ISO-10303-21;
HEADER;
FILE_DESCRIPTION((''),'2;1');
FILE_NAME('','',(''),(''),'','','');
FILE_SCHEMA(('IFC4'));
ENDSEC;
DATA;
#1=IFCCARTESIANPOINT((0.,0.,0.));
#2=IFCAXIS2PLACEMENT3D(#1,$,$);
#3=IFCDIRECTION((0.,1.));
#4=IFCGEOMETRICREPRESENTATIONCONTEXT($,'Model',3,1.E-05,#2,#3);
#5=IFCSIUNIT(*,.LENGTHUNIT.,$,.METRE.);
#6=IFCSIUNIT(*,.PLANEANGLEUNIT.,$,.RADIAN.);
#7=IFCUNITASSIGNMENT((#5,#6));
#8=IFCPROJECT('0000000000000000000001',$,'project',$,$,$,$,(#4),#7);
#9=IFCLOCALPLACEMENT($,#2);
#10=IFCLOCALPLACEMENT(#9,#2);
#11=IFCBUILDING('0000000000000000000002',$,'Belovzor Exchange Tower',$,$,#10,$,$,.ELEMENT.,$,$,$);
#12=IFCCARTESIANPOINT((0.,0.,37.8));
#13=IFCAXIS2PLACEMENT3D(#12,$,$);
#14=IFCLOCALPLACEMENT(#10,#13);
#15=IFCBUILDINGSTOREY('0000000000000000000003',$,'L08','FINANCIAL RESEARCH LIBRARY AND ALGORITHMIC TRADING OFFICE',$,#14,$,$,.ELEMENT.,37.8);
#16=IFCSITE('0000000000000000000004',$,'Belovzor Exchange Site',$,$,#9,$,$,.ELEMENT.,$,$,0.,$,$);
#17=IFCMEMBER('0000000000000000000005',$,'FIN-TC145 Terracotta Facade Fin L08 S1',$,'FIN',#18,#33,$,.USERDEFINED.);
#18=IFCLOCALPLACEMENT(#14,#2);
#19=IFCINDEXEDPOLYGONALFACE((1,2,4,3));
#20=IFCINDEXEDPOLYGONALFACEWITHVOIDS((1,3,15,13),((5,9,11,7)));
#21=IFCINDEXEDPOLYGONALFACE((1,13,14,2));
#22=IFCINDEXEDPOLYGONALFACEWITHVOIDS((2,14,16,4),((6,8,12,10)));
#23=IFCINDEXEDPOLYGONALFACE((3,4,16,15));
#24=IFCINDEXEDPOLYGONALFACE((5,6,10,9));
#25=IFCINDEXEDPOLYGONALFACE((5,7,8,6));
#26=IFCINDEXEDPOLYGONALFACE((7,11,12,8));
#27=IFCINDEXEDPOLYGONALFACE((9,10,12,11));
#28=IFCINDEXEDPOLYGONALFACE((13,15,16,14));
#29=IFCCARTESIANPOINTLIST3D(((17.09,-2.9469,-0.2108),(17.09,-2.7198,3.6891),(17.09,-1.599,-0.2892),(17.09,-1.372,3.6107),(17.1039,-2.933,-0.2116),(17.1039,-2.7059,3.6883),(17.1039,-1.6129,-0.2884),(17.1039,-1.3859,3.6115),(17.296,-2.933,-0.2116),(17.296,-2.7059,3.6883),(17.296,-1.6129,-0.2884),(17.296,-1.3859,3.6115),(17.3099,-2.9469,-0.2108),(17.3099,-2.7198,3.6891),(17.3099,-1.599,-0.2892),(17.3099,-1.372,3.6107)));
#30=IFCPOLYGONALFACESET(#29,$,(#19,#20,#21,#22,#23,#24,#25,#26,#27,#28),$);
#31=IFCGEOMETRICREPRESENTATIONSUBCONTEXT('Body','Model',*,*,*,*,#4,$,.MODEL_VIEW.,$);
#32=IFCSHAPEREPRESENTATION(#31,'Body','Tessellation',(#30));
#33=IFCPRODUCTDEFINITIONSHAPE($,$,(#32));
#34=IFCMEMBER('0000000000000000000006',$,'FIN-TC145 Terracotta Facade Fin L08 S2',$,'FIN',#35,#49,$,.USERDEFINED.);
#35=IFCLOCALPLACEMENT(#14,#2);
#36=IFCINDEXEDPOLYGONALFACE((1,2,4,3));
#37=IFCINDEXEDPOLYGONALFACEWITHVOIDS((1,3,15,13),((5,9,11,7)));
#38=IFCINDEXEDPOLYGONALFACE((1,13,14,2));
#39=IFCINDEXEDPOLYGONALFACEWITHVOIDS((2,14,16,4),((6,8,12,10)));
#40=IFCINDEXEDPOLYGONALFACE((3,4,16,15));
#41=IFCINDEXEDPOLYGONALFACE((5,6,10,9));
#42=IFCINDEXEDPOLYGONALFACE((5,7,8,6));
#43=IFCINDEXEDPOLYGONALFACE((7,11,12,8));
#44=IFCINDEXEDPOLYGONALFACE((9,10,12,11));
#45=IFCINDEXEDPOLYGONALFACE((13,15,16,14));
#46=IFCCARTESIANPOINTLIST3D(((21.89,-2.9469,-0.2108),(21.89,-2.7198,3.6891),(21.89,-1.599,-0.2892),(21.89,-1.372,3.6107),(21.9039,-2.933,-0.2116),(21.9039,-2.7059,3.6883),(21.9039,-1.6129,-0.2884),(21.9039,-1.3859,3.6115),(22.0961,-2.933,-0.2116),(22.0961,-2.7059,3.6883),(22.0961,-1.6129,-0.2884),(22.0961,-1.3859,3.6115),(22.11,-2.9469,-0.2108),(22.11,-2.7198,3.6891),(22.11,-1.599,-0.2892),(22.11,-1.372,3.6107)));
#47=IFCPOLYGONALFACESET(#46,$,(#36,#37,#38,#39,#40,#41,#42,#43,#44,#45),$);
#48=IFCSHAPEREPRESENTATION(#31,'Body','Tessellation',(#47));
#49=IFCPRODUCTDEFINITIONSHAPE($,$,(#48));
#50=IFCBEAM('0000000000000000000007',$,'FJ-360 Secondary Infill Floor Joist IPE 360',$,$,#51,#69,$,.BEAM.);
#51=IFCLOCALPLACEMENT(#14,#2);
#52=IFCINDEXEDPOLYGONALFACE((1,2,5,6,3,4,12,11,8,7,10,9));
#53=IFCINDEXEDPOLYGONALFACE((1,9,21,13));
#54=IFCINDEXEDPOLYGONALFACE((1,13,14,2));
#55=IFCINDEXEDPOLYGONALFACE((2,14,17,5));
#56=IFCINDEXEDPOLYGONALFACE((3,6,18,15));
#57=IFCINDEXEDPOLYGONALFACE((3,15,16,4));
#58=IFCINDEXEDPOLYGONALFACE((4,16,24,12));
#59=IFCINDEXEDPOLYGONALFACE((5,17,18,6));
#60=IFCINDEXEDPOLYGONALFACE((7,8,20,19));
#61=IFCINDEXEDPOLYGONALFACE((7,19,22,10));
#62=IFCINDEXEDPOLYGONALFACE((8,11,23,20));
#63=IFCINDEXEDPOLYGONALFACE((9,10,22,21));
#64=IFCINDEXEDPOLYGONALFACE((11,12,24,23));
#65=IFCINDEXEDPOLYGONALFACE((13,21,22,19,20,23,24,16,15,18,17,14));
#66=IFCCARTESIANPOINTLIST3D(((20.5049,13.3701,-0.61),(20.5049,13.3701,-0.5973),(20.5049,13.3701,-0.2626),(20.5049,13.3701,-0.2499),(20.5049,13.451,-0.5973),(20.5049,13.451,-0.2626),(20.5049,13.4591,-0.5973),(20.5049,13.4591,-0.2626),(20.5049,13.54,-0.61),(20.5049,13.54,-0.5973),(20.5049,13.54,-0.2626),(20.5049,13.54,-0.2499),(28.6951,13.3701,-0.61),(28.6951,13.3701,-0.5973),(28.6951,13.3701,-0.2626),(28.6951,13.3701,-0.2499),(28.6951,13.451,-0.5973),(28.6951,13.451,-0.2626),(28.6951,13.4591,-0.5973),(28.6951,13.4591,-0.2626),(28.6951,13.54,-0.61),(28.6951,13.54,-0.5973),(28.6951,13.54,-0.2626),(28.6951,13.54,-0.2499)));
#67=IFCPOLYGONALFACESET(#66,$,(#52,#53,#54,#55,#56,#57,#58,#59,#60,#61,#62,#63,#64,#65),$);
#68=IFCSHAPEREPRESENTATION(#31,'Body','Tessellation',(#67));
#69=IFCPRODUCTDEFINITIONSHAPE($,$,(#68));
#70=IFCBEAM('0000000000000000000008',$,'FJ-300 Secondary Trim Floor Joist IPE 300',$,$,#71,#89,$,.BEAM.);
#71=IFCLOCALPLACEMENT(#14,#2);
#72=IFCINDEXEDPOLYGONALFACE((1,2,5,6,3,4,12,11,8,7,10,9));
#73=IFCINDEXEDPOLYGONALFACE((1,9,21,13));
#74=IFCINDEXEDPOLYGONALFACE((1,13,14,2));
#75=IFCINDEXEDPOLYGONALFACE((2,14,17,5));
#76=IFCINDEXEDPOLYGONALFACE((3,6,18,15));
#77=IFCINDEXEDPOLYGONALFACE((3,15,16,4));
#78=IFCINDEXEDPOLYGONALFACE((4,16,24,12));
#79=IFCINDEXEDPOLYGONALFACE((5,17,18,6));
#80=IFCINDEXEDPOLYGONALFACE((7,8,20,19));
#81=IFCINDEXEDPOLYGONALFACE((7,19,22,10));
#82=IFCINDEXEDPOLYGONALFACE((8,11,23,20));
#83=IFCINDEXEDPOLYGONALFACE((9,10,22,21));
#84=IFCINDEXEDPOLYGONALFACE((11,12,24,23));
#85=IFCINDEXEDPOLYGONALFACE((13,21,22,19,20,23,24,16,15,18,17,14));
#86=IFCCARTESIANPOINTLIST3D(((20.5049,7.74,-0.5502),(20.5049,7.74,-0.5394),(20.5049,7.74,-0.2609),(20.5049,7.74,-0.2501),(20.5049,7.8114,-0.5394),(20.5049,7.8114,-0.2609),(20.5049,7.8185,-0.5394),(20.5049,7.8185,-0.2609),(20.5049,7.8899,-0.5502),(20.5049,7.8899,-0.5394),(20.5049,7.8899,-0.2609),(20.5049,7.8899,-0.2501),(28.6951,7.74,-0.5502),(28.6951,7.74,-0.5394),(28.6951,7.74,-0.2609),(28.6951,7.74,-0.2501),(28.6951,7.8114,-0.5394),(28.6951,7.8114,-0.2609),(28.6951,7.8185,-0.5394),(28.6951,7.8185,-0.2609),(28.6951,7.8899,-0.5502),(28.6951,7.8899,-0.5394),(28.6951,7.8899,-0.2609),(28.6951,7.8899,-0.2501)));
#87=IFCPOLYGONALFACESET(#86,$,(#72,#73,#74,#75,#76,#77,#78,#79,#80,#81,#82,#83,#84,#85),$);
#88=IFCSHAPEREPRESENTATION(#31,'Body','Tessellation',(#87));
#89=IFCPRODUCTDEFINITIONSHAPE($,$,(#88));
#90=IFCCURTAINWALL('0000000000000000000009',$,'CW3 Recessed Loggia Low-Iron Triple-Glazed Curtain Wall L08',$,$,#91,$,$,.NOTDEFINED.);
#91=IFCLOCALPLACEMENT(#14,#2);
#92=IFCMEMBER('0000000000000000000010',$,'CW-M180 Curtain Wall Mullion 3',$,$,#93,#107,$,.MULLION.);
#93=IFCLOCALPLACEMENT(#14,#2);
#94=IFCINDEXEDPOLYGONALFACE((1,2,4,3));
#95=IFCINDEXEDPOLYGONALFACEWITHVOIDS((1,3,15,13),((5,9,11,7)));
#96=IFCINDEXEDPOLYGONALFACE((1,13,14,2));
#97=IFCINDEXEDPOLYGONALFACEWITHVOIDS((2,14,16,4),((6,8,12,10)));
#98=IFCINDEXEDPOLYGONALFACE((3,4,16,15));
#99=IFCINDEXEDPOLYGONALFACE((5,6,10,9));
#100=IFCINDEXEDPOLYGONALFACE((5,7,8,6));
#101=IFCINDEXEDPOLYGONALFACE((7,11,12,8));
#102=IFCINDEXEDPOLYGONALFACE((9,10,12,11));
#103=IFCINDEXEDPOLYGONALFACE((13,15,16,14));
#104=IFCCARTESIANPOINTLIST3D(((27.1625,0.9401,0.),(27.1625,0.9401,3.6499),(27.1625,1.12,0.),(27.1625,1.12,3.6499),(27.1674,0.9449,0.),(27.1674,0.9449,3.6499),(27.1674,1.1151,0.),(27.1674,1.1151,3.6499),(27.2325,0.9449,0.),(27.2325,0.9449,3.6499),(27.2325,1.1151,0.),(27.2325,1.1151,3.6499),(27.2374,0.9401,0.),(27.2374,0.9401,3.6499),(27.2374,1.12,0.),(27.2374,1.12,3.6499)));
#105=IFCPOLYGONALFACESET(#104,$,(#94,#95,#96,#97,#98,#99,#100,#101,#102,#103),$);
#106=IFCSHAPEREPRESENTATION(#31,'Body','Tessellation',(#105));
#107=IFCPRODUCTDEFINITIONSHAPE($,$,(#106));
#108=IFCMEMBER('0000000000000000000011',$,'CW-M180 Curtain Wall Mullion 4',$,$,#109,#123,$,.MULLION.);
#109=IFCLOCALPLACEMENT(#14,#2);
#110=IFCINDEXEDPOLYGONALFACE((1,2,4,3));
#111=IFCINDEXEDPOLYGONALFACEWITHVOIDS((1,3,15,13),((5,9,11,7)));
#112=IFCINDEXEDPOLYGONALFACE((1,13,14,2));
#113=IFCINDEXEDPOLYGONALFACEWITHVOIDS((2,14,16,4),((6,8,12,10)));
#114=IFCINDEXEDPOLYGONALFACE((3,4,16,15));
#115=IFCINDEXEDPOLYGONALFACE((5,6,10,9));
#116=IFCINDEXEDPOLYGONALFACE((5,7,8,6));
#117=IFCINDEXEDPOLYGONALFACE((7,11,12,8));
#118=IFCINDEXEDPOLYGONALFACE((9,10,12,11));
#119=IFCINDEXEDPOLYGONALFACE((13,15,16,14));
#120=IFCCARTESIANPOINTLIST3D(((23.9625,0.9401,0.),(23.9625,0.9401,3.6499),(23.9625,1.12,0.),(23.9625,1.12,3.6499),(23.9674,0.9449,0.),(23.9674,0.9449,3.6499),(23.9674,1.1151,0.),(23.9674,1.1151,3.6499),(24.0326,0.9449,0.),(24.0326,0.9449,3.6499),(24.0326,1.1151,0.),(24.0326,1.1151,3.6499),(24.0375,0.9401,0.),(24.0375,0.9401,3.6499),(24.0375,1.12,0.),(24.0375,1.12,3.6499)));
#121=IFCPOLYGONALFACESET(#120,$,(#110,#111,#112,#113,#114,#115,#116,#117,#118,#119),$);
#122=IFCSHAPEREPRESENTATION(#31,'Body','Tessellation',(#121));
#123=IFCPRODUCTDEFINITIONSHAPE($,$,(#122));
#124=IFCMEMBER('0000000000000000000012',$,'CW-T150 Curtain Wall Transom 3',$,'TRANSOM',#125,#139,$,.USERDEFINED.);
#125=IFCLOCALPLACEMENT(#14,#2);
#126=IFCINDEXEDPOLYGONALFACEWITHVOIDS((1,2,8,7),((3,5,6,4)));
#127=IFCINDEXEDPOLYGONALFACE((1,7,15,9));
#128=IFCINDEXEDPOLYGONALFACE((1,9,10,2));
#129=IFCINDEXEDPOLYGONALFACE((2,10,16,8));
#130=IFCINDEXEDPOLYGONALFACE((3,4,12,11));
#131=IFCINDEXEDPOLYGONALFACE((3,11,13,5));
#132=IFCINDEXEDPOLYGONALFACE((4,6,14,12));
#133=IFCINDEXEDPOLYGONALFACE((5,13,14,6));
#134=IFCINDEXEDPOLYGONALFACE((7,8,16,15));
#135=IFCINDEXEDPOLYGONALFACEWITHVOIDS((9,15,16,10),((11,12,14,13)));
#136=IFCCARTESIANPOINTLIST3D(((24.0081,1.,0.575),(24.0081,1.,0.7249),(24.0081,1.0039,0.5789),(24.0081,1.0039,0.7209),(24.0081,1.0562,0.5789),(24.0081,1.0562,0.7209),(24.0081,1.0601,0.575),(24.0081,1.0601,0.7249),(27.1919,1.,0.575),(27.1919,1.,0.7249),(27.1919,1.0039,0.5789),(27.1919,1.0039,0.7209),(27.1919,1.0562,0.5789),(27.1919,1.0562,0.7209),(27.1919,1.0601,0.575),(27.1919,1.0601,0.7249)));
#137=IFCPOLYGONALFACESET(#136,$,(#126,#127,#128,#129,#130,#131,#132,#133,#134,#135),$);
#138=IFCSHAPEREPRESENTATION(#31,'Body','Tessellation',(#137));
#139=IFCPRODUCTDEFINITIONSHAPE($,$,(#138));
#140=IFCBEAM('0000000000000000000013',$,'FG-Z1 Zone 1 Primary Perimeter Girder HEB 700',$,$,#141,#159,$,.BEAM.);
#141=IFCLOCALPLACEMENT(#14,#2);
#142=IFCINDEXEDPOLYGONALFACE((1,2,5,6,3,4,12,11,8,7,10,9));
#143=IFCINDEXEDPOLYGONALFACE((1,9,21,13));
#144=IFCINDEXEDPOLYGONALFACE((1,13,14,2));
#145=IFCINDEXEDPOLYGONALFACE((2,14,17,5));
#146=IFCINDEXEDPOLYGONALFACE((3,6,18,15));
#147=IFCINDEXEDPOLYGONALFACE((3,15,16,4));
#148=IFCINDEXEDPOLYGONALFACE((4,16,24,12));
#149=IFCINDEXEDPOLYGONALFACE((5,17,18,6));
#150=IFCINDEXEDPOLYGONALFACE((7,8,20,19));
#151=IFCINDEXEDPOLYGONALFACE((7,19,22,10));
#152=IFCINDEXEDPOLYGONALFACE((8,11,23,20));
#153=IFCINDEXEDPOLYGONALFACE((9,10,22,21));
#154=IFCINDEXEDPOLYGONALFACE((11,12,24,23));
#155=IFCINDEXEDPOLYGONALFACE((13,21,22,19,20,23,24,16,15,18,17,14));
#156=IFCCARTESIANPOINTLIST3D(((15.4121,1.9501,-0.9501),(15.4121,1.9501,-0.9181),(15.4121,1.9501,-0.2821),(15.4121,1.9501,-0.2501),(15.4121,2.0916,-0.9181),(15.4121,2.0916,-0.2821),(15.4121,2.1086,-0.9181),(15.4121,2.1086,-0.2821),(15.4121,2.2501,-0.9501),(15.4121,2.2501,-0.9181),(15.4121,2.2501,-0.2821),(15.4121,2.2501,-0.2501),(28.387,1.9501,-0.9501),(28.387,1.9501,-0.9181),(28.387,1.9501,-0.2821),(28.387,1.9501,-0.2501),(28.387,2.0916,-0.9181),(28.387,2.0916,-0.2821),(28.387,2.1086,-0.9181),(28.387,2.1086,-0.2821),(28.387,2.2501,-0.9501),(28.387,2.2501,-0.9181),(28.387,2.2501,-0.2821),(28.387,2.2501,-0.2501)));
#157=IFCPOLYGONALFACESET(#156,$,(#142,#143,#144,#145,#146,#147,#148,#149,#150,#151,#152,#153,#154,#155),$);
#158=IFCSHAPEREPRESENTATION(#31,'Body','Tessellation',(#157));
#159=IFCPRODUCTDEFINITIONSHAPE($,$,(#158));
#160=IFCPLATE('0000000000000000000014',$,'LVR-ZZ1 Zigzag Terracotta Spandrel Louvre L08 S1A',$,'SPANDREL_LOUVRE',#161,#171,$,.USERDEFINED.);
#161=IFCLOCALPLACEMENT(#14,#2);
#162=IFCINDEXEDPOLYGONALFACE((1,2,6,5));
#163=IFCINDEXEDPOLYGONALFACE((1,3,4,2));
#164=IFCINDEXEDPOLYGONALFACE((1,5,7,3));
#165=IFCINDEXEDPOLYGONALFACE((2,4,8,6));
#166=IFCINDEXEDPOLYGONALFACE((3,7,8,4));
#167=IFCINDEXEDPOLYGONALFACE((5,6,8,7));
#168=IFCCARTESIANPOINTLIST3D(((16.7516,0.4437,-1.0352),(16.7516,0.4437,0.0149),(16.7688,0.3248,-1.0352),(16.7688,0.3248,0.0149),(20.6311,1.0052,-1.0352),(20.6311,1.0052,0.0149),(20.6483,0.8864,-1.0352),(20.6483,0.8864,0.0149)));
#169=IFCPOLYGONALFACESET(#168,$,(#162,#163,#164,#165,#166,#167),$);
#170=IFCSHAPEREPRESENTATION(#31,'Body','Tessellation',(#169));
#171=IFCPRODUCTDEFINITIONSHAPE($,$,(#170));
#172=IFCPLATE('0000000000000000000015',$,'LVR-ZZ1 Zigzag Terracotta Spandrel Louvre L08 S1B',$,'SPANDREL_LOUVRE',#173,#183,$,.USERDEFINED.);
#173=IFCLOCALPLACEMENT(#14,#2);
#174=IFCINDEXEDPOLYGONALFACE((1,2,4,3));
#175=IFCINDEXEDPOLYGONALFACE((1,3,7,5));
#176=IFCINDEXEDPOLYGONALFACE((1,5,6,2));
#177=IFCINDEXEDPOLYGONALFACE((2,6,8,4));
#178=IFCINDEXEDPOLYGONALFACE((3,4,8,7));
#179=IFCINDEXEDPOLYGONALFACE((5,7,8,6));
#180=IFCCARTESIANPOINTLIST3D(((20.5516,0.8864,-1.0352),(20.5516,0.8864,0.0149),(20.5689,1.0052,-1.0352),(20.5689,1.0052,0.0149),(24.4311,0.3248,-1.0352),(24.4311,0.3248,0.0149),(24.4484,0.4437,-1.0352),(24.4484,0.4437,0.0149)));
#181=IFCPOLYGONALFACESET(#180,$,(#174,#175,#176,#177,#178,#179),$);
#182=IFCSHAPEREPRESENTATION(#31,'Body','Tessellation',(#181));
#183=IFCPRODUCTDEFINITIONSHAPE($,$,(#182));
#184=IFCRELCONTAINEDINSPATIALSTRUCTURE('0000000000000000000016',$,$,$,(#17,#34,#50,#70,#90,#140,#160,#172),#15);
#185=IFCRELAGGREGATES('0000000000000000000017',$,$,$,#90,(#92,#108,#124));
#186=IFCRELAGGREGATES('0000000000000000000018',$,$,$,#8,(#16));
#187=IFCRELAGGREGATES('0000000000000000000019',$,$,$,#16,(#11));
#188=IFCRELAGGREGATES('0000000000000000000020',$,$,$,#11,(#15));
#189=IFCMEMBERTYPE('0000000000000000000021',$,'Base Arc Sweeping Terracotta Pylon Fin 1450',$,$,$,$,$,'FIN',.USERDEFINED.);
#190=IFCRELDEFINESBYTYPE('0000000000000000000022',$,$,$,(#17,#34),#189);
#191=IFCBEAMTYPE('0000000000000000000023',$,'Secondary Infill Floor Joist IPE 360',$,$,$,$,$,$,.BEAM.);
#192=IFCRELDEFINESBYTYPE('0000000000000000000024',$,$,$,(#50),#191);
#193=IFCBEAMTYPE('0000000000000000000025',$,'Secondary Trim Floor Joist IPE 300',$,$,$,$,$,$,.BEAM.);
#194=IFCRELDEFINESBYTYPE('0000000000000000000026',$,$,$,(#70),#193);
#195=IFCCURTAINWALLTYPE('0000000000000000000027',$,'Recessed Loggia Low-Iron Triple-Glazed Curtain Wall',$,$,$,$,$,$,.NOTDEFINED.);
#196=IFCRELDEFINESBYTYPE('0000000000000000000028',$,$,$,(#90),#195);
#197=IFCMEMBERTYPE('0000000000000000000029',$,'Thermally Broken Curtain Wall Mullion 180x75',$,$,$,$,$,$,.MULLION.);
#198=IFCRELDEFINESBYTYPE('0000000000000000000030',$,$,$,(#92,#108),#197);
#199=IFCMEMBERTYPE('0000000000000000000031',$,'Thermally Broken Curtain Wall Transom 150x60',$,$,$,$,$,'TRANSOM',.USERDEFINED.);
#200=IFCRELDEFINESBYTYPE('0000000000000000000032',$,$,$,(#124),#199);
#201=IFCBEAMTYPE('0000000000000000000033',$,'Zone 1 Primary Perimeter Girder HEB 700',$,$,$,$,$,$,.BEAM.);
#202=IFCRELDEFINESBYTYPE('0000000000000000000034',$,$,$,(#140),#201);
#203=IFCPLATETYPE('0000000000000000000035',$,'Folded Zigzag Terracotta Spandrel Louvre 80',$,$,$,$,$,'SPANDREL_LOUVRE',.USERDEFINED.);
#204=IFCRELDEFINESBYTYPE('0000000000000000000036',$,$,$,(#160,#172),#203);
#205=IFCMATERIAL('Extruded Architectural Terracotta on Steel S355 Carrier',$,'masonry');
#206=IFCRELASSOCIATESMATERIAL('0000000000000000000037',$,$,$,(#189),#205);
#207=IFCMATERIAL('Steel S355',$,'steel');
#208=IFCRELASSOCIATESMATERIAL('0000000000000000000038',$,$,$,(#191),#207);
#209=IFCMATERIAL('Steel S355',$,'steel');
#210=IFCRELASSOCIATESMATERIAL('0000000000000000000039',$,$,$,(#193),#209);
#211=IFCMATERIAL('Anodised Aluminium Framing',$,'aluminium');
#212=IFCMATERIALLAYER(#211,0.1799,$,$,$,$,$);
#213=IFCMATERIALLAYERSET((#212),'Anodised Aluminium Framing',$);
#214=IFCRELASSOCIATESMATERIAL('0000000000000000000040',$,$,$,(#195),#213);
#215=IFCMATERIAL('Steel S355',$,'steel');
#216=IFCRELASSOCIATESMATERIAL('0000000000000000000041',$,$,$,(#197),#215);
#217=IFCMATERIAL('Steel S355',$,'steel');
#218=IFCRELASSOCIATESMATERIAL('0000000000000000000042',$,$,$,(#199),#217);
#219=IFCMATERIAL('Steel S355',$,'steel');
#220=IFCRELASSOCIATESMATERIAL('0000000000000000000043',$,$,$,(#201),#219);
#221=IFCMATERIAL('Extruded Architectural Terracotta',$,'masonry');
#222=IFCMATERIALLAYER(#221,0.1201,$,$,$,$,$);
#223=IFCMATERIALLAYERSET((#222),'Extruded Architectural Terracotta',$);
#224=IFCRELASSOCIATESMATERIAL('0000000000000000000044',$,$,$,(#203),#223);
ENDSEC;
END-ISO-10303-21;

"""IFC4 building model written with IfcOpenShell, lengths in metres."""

from ifc_helpers import new_model, si_unit, direction, frame, origin, origin_2d, place, context, subcontext, project, spatial, rectangle, hollow_rectangle, i_section, extrude, material, layer, layer_set, material_profile, profile_set, type_object, element, aggregate, save


model = new_model("IFC4")

# Units and contexts
model_context = context("Model", 3, precision=1e-05, world=origin(), true_north=direction((0.0, 1.0)))
body_context = subcontext(model_context, "Body", "Model", "MODEL_VIEW")
ifc_project = project(units=[si_unit("LENGTHUNIT", "METRE"), si_unit("PLANEANGLEUNIT", "RADIAN")], contexts=[model_context])

# Site, building, storey
site_placement = place(None, origin())
site = spatial("IfcSite", under=ifc_project, at=site_placement, Name="Belovzor Exchange Site", CompositionType="ELEMENT", RefElevation=0.0)
building_placement = place(site_placement, origin())
building = spatial("IfcBuilding", under=site, at=building_placement, Name="Belovzor Exchange Tower", CompositionType="ELEMENT")
storey_placement = place(building_placement, frame((0.0, 0.0, 37.8)))
storey = spatial("IfcBuildingStorey", under=building, at=storey_placement, Name="L08", Description="FINANCIAL RESEARCH LIBRARY AND ALGORITHMIC TRADING OFFICE", CompositionType="ELEMENT", Elevation=37.8)

# Members
ifc_material_1 = material(Name="Extruded Architectural Terracotta on Steel S355 Carrier", Category="masonry")
ifc_material_profile_1 = material_profile(ifc_material_1, hollow_rectangle(XDim=0.22, YDim=1.3501, WallThickness=0.0139, at=origin_2d()))
ifc_profile_set_1 = profile_set([ifc_material_profile_1], Name="Extruded Architectural Terracotta on Steel S355 Carrier")
member_type_1 = type_object("IfcMemberType", Name="Base Arc Sweeping Terracotta Pylon Fin 1450", ElementType="FIN", PredefinedType="USERDEFINED", material=ifc_profile_set_1)
for number, where, z_axis, x_axis, name in (
    (1, (17.2, -2.2729, -0.25), (0.0, 0.058121, 0.99831), (-1.0, 0.0, 0.0), "FIN-TC145 Terracotta Facade Fin L08 S1"),
    (2, (22.0, -2.2729, -0.25), (0.0, 0.058121, 0.99831), (-1.0, 0.0, 0.0), "FIN-TC145 Terracotta Facade Fin L08 S2"),
):
    element("IfcMember", number, at=place(storey_placement, frame(where, z_axis=z_axis, x_axis=x_axis)), inside=storey, type_object=member_type_1, Name=name, ObjectType="FIN", PredefinedType="USERDEFINED", context=body_context, shape_type="SweptSolid", body=[
        extrude(hollow_rectangle(XDim=0.22, YDim=1.3501, WallThickness=0.0139, at=origin_2d()), origin(), (0.0, 0.0, 1.0), 3.9065),
    ])

# Beams
ifc_material_2 = material(Name="Steel S355", Category="steel")
ifc_material_profile_2 = material_profile(ifc_material_2, i_section(OverallWidth=0.1699, OverallDepth=0.3601, WebThickness=0.0081, FlangeThickness=0.0127, at=origin_2d()))
ifc_profile_set_2 = profile_set([ifc_material_profile_2], Name="Steel S355")
beam_type_1 = type_object("IfcBeamType", Name="Secondary Infill Floor Joist IPE 360", PredefinedType="BEAM", material=ifc_profile_set_2)
beam_1_placement = place(storey_placement, frame((20.5049, 13.4551, -0.4299), z_axis=(1.0, 0.0, 0.0), x_axis=(0.0, 1.0, 0.0)))
element("IfcBeam", 3, at=beam_1_placement, inside=storey, type_object=beam_type_1, Name="FJ-360 Secondary Infill Floor Joist IPE 360", PredefinedType="BEAM", context=body_context, shape_type="SweptSolid", body=[
    extrude(i_section(OverallWidth=0.1699, OverallDepth=0.3601, WebThickness=0.0081, FlangeThickness=0.0127, at=origin_2d()), origin(), (0.0, 0.0, 1.0), 8.1902),
])
ifc_material_3 = material(Name="Steel S355", Category="steel")
ifc_material_profile_3 = material_profile(ifc_material_3, i_section(OverallWidth=0.1499, OverallDepth=0.3, WebThickness=0.0071, FlangeThickness=0.0107, at=origin_2d()))
ifc_profile_set_3 = profile_set([ifc_material_profile_3], Name="Steel S355")
beam_type_2 = type_object("IfcBeamType", Name="Secondary Trim Floor Joist IPE 300", PredefinedType="BEAM", material=ifc_profile_set_3)
beam_2_placement = place(storey_placement, frame((20.5049, 7.8149, -0.4001), z_axis=(1.0, 0.0, 0.0), x_axis=(0.0, 1.0, 0.0)))
element("IfcBeam", 4, at=beam_2_placement, inside=storey, type_object=beam_type_2, Name="FJ-300 Secondary Trim Floor Joist IPE 300", PredefinedType="BEAM", context=body_context, shape_type="SweptSolid", body=[
    extrude(i_section(OverallWidth=0.1499, OverallDepth=0.3, WebThickness=0.0071, FlangeThickness=0.0107, at=origin_2d()), origin(), (0.0, 0.0, 1.0), 8.1902),
])

# Curtain wall, members
ifc_material_4 = material(Name="Anodised Aluminium Framing", Category="aluminium")
ifc_layer_1 = layer(ifc_material_4, 0.1799)
ifc_layer_set_1 = layer_set([ifc_layer_1], Name="Anodised Aluminium Framing")
curtain_wall_type = type_object("IfcCurtainWallType", Name="Recessed Loggia Low-Iron Triple-Glazed Curtain Wall", PredefinedType="NOTDEFINED", material=ifc_layer_set_1)
curtain_wall_placement = place(storey_placement, origin())
curtain_wall = element("IfcCurtainWall", 5, at=curtain_wall_placement, inside=storey, type_object=curtain_wall_type, Name="CW3 Recessed Loggia Low-Iron Triple-Glazed Curtain Wall L08", PredefinedType="NOTDEFINED")
ifc_material_5 = material(Name="Steel S355", Category="steel")
ifc_material_profile_4 = material_profile(ifc_material_5, hollow_rectangle(XDim=0.075, YDim=0.1799, WallThickness=0.0049, at=origin_2d()))
ifc_profile_set_4 = profile_set([ifc_material_profile_4], Name="Steel S355")
member_type_2 = type_object("IfcMemberType", Name="Thermally Broken Curtain Wall Mullion 180x75", PredefinedType="MULLION", material=ifc_profile_set_4)
member_1_placement = place(storey_placement, frame((27.2, 1.03, 0.0), z_axis=(0.0, 0.0, 1.0), x_axis=(-1.0, 0.0, 0.0)))
member_1 = element("IfcMember", 6, at=member_1_placement, type_object=member_type_2, Name="CW-M180 Curtain Wall Mullion 3", PredefinedType="MULLION", context=body_context, shape_type="SweptSolid", body=[
    extrude(hollow_rectangle(XDim=0.075, YDim=0.1799, WallThickness=0.0049, at=origin_2d()), origin(), (0.0, 0.0, 1.0), 3.6499),
])
member_2_placement = place(storey_placement, frame((24.0, 1.03, 0.0), z_axis=(0.0, 0.0, 1.0), x_axis=(-1.0, 0.0, 0.0)))
member_2 = element("IfcMember", 7, at=member_2_placement, type_object=member_type_2, Name="CW-M180 Curtain Wall Mullion 4", PredefinedType="MULLION", context=body_context, shape_type="SweptSolid", body=[
    extrude(hollow_rectangle(XDim=0.075, YDim=0.1799, WallThickness=0.0049, at=origin_2d()), origin(), (0.0, 0.0, 1.0), 3.6499),
])
ifc_material_6 = material(Name="Steel S355", Category="steel")
ifc_material_profile_5 = material_profile(ifc_material_6, hollow_rectangle(XDim=0.0601, YDim=0.1499, WallThickness=0.0039, at=origin_2d()))
ifc_profile_set_5 = profile_set([ifc_material_profile_5], Name="Steel S355")
member_type_3 = type_object("IfcMemberType", Name="Thermally Broken Curtain Wall Transom 150x60", ElementType="TRANSOM", PredefinedType="USERDEFINED", material=ifc_profile_set_5)
member_3_placement = place(storey_placement, frame((27.1919, 1.03, 0.6499), z_axis=(-1.0, 0.0, 0.0), x_axis=(0.0, -1.0, 0.0)))
member_3 = element("IfcMember", 8, at=member_3_placement, type_object=member_type_3, Name="CW-T150 Curtain Wall Transom 3", ObjectType="TRANSOM", PredefinedType="USERDEFINED", context=body_context, shape_type="SweptSolid", body=[
    extrude(hollow_rectangle(XDim=0.0601, YDim=0.1499, WallThickness=0.0039, at=origin_2d()), origin(), (0.0, 0.0, 1.0), 3.1838),
])

# Beam
ifc_material_7 = material(Name="Steel S355", Category="steel")
ifc_material_profile_6 = material_profile(ifc_material_7, i_section(OverallWidth=0.3, OverallDepth=0.7, WebThickness=0.0171, FlangeThickness=0.032, at=origin_2d()))
ifc_profile_set_6 = profile_set([ifc_material_profile_6], Name="Steel S355")
beam_type_3 = type_object("IfcBeamType", Name="Zone 1 Primary Perimeter Girder HEB 700", PredefinedType="BEAM", material=ifc_profile_set_6)
beam_3_placement = place(storey_placement, frame((15.4121, 2.1001, -0.6001), z_axis=(1.0, 0.0, 0.0), x_axis=(0.0, 1.0, 0.0)))
element("IfcBeam", 9, at=beam_3_placement, inside=storey, type_object=beam_type_3, Name="FG-Z1 Zone 1 Primary Perimeter Girder HEB 700", PredefinedType="BEAM", context=body_context, shape_type="SweptSolid", body=[
    extrude(i_section(OverallWidth=0.3, OverallDepth=0.7, WebThickness=0.0171, FlangeThickness=0.032, at=origin_2d()), origin(), (0.0, 0.0, 1.0), 12.9749),
])

# Plates
ifc_material_8 = material(Name="Extruded Architectural Terracotta", Category="masonry")
ifc_layer_2 = layer(ifc_material_8, 0.1201)
ifc_layer_set_2 = layer_set([ifc_layer_2], Name="Extruded Architectural Terracotta")
plate_type_1 = type_object("IfcPlateType", Name="Folded Zigzag Terracotta Spandrel Louvre 80", ElementType="SPANDREL_LOUVRE", PredefinedType="USERDEFINED", material=ifc_layer_set_2)
for number, where, z_axis, x_axis, name in (
    (10, (18.7, 0.665, -1.0352), (0.0, 0.0, 1.0), (0.989686, 0.143251, 0.0), "LVR-ZZ1 Zigzag Terracotta Spandrel Louvre L08 S1A"),
    (11, (22.5, 0.665, -1.0352), (0.0, 0.0, 1.0), (0.989686, -0.143251, 0.0), "LVR-ZZ1 Zigzag Terracotta Spandrel Louvre L08 S1B"),
):
    element("IfcPlate", number, at=place(storey_placement, frame(where, z_axis=z_axis, x_axis=x_axis)), inside=storey, type_object=plate_type_1, Name=name, ObjectType="SPANDREL_LOUVRE", PredefinedType="USERDEFINED", context=body_context, shape_type="SweptSolid", body=[
        extrude(rectangle(XDim=3.9199, YDim=0.1201, at=origin_2d()), origin(), (0.0, 0.0, 1.0), 1.05),
    ])

aggregate(curtain_wall, [member_1, member_2, member_3])

save(model, "model.ifc")
